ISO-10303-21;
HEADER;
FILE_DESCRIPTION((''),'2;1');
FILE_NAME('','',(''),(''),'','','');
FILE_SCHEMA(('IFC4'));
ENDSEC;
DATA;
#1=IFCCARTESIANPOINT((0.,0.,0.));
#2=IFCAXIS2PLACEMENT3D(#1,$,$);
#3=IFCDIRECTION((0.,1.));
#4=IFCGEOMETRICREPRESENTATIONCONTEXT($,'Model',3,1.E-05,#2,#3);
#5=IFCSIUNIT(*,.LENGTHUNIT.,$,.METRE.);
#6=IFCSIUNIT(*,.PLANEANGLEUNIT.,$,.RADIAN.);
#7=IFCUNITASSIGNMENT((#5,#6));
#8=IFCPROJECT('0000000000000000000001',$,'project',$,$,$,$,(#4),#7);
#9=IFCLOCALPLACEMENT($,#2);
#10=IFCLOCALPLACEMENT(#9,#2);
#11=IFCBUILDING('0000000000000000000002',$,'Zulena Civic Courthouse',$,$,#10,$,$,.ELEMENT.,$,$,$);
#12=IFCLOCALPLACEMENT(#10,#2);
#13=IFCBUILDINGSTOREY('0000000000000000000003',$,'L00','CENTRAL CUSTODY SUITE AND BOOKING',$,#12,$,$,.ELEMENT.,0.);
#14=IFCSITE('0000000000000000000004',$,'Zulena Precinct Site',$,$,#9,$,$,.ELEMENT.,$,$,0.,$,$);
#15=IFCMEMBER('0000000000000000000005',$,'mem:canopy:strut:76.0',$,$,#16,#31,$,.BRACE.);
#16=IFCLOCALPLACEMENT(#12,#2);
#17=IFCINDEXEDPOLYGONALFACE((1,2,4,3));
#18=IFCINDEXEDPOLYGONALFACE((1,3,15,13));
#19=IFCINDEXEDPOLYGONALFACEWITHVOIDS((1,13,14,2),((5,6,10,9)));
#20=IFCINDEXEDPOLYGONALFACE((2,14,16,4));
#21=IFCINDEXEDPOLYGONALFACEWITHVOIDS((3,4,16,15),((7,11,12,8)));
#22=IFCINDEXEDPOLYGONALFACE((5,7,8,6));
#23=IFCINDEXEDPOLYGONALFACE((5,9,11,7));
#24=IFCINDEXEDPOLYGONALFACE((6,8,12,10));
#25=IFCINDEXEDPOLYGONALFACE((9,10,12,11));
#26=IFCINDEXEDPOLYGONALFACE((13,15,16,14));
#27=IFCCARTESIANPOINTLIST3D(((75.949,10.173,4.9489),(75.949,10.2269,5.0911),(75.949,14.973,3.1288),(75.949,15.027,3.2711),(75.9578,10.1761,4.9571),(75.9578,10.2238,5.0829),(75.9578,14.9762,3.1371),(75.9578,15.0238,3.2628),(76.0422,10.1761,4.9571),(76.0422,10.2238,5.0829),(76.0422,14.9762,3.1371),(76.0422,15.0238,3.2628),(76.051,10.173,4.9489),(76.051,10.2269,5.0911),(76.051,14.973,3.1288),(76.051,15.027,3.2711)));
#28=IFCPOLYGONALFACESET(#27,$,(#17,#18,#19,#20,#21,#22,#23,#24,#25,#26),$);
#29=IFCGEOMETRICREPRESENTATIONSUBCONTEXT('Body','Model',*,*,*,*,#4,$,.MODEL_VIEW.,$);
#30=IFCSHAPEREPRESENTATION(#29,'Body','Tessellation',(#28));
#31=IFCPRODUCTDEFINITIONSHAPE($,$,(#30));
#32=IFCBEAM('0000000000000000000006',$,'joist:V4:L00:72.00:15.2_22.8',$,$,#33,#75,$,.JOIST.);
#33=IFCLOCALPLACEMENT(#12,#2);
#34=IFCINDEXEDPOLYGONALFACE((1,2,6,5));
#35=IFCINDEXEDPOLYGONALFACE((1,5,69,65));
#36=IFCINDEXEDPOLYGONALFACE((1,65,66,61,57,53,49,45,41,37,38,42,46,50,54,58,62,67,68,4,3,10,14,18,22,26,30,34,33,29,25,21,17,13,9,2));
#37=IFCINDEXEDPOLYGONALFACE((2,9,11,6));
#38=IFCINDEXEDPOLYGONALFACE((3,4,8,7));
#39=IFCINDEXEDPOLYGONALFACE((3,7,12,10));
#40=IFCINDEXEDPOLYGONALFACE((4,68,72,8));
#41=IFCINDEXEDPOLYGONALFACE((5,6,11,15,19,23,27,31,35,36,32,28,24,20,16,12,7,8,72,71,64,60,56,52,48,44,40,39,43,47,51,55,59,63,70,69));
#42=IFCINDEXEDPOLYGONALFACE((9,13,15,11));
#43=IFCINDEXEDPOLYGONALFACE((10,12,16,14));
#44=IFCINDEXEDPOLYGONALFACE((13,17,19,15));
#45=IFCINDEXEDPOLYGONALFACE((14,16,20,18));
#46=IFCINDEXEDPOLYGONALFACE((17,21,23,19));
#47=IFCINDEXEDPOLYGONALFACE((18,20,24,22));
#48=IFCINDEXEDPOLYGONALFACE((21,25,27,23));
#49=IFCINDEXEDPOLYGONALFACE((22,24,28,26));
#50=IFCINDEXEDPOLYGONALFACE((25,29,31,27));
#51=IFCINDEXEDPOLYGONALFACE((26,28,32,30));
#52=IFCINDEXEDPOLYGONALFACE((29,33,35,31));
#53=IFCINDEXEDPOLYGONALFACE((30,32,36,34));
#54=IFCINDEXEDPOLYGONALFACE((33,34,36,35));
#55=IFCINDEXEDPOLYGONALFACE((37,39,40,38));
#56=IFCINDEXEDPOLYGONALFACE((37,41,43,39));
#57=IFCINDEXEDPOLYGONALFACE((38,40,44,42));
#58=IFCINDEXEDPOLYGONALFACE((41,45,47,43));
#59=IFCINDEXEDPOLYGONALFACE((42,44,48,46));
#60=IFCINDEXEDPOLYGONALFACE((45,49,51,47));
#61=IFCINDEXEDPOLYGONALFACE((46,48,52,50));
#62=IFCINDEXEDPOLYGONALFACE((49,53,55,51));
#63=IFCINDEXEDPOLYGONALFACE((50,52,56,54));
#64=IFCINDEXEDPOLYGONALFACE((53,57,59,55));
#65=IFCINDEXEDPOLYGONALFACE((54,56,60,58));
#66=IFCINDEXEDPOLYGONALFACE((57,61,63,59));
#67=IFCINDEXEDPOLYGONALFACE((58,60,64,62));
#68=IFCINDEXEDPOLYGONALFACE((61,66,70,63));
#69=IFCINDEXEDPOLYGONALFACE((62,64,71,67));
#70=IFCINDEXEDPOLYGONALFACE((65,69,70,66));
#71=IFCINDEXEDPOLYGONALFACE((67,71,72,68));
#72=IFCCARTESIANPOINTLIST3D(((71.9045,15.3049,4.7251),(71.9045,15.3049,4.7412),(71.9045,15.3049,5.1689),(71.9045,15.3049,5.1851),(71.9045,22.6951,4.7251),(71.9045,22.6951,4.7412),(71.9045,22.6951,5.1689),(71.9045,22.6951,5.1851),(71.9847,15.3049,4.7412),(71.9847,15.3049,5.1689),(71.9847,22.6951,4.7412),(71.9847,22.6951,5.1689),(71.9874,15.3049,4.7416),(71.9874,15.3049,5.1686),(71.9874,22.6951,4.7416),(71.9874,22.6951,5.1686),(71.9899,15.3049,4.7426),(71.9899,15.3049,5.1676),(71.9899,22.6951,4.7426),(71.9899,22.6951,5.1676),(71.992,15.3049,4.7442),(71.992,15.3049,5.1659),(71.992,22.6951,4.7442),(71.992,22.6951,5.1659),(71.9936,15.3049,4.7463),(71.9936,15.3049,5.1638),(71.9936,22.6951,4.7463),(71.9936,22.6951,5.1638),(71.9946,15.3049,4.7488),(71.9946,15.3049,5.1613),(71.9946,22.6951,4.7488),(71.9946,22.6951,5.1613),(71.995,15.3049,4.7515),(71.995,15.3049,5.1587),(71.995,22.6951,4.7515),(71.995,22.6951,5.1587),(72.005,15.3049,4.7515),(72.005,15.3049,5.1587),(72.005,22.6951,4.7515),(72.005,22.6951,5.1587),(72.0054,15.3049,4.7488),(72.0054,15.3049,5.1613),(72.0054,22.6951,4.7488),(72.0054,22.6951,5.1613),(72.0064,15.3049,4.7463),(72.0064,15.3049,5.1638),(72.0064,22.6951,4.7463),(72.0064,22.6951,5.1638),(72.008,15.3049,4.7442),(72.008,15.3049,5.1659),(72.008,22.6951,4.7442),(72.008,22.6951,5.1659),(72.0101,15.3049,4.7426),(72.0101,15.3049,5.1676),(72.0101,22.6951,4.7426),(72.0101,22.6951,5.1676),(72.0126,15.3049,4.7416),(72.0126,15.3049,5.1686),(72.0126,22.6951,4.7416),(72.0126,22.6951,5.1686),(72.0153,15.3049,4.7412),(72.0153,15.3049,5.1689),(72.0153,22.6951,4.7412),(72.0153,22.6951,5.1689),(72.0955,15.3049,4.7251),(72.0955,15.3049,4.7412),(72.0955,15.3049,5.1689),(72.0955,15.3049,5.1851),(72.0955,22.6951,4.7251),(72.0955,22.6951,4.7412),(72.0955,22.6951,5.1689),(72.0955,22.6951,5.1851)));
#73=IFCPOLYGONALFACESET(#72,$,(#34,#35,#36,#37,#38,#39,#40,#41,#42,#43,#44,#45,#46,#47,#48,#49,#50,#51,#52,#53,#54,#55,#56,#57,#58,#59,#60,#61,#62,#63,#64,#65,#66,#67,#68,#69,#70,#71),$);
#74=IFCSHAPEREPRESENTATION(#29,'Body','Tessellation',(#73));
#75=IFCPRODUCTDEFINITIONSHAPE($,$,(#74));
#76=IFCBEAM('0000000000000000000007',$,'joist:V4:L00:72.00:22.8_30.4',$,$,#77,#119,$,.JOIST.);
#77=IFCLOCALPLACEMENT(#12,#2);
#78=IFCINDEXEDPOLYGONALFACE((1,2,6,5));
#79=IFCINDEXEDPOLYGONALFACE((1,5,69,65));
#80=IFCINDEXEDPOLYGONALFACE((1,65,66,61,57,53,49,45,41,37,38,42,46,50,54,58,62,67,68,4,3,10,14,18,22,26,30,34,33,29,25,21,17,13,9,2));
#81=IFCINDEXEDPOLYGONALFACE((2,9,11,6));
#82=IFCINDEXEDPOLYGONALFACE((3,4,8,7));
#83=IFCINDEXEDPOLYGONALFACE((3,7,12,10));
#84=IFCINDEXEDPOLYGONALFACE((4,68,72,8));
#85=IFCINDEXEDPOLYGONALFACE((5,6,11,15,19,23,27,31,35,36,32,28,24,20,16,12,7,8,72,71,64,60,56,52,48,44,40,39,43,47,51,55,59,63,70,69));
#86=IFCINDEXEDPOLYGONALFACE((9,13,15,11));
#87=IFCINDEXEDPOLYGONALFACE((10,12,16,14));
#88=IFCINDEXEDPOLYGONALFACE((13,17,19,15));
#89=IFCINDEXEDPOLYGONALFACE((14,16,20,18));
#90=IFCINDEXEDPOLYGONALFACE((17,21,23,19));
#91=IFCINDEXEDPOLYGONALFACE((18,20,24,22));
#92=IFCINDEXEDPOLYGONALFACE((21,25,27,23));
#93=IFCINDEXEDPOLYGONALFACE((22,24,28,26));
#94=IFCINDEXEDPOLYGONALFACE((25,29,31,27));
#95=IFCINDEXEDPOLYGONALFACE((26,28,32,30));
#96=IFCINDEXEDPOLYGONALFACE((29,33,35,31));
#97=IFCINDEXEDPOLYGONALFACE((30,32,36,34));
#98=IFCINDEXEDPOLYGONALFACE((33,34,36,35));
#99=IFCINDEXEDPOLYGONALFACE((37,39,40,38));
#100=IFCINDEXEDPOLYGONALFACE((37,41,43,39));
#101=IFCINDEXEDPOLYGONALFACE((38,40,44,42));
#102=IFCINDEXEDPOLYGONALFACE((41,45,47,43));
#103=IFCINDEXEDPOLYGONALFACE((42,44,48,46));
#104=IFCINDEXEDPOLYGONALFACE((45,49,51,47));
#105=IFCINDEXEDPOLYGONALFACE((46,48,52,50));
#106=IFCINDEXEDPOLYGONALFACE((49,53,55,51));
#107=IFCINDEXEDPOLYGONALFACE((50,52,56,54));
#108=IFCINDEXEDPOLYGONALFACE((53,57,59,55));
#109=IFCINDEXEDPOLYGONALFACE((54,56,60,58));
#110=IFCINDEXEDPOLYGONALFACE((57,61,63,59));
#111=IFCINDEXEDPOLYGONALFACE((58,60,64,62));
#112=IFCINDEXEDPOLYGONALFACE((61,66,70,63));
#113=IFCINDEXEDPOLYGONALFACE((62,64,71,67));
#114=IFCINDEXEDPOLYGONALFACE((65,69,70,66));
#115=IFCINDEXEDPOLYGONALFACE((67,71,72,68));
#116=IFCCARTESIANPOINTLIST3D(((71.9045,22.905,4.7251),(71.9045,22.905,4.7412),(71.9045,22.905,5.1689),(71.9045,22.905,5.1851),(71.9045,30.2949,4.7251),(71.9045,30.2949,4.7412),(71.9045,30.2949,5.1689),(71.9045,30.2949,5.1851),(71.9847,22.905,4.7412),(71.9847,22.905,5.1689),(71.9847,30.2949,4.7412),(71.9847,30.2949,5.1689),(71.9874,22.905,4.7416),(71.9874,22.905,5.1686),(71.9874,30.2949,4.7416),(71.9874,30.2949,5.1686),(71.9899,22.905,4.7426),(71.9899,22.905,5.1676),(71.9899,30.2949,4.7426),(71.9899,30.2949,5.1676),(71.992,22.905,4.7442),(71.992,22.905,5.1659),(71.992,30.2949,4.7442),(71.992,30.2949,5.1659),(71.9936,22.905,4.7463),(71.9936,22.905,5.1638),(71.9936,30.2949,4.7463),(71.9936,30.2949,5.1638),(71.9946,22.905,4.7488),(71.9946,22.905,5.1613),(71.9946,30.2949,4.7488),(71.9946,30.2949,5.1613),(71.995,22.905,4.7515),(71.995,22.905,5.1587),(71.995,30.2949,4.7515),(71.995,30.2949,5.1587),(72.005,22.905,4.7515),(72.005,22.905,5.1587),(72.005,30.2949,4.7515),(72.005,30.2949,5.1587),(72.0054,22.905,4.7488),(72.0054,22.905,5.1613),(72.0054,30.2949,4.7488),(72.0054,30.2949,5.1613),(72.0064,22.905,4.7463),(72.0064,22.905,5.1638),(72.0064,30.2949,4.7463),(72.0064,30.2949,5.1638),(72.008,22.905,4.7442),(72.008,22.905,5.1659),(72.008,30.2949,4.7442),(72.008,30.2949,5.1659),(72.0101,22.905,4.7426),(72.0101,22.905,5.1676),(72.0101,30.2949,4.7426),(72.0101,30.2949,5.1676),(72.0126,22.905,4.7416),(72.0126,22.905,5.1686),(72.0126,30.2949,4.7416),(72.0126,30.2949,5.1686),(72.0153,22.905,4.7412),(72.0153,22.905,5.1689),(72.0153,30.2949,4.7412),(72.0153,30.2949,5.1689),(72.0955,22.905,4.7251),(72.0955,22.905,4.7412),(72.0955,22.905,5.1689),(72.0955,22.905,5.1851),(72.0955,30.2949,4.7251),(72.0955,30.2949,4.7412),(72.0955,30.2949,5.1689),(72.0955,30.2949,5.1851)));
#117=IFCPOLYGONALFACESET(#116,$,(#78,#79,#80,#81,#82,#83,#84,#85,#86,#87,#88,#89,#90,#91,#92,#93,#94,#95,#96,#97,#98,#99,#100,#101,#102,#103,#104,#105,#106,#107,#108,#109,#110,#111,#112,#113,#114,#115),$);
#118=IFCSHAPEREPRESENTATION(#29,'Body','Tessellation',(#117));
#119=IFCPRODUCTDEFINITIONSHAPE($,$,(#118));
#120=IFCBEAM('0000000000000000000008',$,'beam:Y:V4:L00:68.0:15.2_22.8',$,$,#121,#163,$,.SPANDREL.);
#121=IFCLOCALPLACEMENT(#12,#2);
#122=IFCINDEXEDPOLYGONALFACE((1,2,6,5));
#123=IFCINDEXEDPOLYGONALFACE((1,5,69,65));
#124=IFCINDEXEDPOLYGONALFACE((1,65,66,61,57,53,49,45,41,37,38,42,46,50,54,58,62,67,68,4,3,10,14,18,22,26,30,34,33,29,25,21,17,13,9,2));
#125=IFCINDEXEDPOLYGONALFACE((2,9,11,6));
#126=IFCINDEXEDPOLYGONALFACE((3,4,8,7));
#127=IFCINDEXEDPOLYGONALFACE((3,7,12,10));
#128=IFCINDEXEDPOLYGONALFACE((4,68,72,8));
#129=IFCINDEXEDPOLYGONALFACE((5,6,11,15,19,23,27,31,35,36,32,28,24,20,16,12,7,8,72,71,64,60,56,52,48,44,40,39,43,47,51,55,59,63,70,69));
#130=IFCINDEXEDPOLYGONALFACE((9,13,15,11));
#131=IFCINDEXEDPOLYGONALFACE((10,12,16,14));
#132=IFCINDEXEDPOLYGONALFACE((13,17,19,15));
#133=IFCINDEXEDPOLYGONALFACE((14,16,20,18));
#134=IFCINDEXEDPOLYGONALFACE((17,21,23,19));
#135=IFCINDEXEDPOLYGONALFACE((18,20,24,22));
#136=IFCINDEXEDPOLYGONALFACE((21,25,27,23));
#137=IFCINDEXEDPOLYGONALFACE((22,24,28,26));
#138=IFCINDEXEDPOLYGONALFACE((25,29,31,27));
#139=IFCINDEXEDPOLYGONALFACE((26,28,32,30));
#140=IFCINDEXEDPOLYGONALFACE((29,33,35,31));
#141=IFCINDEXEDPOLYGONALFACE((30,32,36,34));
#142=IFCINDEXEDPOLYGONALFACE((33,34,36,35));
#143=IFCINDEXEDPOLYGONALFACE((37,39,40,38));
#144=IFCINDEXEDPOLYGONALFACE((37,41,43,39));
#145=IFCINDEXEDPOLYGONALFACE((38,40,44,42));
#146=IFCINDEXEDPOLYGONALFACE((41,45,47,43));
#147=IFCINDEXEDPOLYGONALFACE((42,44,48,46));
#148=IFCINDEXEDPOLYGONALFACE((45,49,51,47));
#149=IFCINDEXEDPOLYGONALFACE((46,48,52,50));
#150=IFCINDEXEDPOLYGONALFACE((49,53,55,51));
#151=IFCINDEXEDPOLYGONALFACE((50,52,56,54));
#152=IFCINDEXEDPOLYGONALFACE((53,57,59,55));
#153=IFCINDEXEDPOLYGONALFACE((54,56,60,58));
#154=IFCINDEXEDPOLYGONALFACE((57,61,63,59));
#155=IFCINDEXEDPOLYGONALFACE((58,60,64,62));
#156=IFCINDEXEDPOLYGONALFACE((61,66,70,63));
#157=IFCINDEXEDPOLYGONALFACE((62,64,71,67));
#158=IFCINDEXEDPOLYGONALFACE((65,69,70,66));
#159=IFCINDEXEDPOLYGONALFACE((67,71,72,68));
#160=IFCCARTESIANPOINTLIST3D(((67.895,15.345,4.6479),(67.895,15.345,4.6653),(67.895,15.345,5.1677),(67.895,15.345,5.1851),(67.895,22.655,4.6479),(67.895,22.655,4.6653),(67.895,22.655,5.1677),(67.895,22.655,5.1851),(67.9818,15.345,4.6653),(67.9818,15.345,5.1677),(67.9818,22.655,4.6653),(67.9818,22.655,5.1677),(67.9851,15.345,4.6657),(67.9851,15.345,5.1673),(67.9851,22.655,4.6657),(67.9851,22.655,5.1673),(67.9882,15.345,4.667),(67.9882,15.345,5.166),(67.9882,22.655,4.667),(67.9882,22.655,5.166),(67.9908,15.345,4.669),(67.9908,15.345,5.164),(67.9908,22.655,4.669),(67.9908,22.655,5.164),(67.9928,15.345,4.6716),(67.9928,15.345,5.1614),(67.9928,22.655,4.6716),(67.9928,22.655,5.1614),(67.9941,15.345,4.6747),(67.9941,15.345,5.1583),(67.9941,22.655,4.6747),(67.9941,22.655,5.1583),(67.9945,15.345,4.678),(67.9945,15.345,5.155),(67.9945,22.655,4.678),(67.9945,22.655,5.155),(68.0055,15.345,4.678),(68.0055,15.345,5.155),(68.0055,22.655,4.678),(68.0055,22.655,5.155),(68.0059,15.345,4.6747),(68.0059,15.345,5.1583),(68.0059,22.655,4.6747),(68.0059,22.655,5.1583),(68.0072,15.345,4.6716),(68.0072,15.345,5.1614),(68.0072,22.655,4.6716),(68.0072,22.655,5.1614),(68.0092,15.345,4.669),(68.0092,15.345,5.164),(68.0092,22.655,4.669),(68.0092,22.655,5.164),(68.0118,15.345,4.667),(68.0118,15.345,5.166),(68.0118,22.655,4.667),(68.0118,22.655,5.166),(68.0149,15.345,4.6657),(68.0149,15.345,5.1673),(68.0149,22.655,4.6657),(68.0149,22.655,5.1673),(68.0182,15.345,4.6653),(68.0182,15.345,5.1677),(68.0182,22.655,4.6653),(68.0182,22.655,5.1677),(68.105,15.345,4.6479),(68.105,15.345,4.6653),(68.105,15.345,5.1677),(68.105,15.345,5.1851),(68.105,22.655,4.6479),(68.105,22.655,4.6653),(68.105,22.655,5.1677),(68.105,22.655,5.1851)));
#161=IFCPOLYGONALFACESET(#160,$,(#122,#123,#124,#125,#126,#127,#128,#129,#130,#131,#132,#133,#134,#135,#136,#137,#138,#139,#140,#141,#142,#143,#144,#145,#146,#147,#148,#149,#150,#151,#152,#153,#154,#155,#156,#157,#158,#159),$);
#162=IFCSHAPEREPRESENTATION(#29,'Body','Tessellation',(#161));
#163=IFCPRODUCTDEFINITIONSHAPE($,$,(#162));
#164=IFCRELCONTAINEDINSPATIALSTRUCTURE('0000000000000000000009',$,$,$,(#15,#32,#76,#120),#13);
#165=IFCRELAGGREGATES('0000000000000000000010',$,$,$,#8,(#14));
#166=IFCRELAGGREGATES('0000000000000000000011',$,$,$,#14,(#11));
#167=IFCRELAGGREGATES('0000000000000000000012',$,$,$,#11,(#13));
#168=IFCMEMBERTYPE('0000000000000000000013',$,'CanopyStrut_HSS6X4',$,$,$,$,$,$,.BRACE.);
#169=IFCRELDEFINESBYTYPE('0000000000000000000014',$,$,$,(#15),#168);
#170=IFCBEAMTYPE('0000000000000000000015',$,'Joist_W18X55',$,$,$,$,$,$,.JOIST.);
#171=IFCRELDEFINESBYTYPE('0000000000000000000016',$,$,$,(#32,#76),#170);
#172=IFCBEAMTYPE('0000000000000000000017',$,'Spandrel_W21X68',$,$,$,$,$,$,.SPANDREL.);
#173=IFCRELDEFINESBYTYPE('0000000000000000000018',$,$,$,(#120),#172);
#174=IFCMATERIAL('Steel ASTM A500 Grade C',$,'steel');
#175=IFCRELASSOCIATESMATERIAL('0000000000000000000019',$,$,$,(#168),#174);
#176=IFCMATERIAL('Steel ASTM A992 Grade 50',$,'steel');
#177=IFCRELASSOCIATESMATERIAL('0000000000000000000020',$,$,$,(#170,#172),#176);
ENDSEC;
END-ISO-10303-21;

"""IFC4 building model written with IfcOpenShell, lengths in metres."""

from ifc_helpers import new_model, si_unit, direction, frame, origin, origin_2d, place, context, subcontext, project, spatial, hollow_rectangle, i_section, extrude, material, material_profile, profile_set, type_object, element, save


model = new_model("IFC4")

# Units and contexts
model_context = context("Model", 3, precision=1e-05, world=origin(), true_north=direction((0.0, 1.0)))
body_context = subcontext(model_context, "Body", "Model", "MODEL_VIEW")
ifc_project = project(units=[si_unit("LENGTHUNIT", "METRE"), si_unit("PLANEANGLEUNIT", "RADIAN")], contexts=[model_context])

# Site, building, storey
site_placement = place(None, origin())
site = spatial("IfcSite", under=ifc_project, at=site_placement, Name="Zulena Precinct Site", CompositionType="ELEMENT", RefElevation=0.0)
building_placement = place(site_placement, origin())
building = spatial("IfcBuilding", under=site, at=building_placement, Name="Zulena Civic Courthouse", CompositionType="ELEMENT")
storey_placement = place(building_placement, origin())
storey = spatial("IfcBuildingStorey", under=building, at=storey_placement, Name="L00", Description="CENTRAL CUSTODY SUITE AND BOOKING", CompositionType="ELEMENT", Elevation=0.0)

# Shared definitions
ifc_material_1 = material(Name="Steel ASTM A992 Grade 50", Category="steel")

# Member
ifc_material_2 = material(Name="Steel ASTM A500 Grade C", Category="steel")
ifc_material_profile_1 = material_profile(ifc_material_2, hollow_rectangle(XDim=0.1021, YDim=0.1521, WallThickness=0.0088, at=origin_2d()), Name="HSS6X4X3/8")
ifc_profile_set_1 = profile_set([ifc_material_profile_1], Name="Steel ASTM A500 Grade C")
member_type = type_object("IfcMemberType", Name="CanopyStrut_HSS6X4", PredefinedType="BRACE", material=ifc_profile_set_1)
member_placement = place(storey_placement, frame((76.0, 15.0, 3.2), z_axis=(0.0, -0.935039, 0.354545), x_axis=(1.0, 0.0, 0.0)))
element("IfcMember", 1, at=member_placement, inside=storey, type_object=member_type, Name="mem:canopy:strut:76.0", PredefinedType="BRACE", context=body_context, shape_type="SweptSolid", body=[
    extrude(hollow_rectangle(XDim=0.1021, YDim=0.1521, WallThickness=0.0088, at=origin_2d()), origin(), (0.0, 0.0, 1.0), 5.1335),
])

# Beams
ifc_material_profile_2 = material_profile(ifc_material_1, i_section(OverallWidth=0.1909, OverallDepth=0.46, WebThickness=0.01, FlangeThickness=0.0161, FilletRadius=0.0103, at=origin_2d()), Name="W18X55")
ifc_profile_set_2 = profile_set([ifc_material_profile_2], Name="Steel ASTM A992 Grade 50")
beam_type_1 = type_object("IfcBeamType", Name="Joist_W18X55", PredefinedType="JOIST", material=ifc_profile_set_2)
beam_1_placement = place(storey_placement, frame((72.0, 15.3049, 4.9551), z_axis=(0.0, 1.0, 0.0), x_axis=(-1.0, 0.0, 0.0)))
element("IfcBeam", 2, at=beam_1_placement, inside=storey, type_object=beam_type_1, Name="joist:V4:L00:72.00:15.2_22.8", PredefinedType="JOIST", context=body_context, shape_type="SweptSolid", body=[
    extrude(i_section(OverallWidth=0.1909, OverallDepth=0.46, WebThickness=0.01, FlangeThickness=0.0161, FilletRadius=0.0103, at=origin_2d()), origin(), (0.0, 0.0, 1.0), 7.3901),
])
beam_2_placement = place(storey_placement, frame((72.0, 22.905, 4.9551), z_axis=(0.0, 1.0, 0.0), x_axis=(-1.0, 0.0, 0.0)))
element("IfcBeam", 3, at=beam_2_placement, inside=storey, type_object=beam_type_1, Name="joist:V4:L00:72.00:22.8_30.4", PredefinedType="JOIST", context=body_context, shape_type="SweptSolid", body=[
    extrude(i_section(OverallWidth=0.1909, OverallDepth=0.46, WebThickness=0.01, FlangeThickness=0.0161, FilletRadius=0.0103, at=origin_2d()), origin(), (0.0, 0.0, 1.0), 7.3899),
])
ifc_material_profile_3 = material_profile(ifc_material_1, i_section(OverallWidth=0.21, OverallDepth=0.5371, WebThickness=0.011, FlangeThickness=0.0173, FilletRadius=0.0127, at=origin_2d()), Name="W21X68")
ifc_profile_set_3 = profile_set([ifc_material_profile_3], Name="Steel ASTM A992 Grade 50")
beam_type_2 = type_object("IfcBeamType", Name="Spandrel_W21X68", PredefinedType="SPANDREL", material=ifc_profile_set_3)
for number, where, z_axis, x_axis, name in (
    (4, (68.0, 15.345, 4.9165), (0.0, 1.0, 0.0), (-1.0, 0.0, 0.0), "beam:Y:V4:L00:68.0:15.2_22.8"),
):
    element("IfcBeam", number, at=place(storey_placement, frame(where, z_axis=z_axis, x_axis=x_axis)), inside=storey, type_object=beam_type_2, Name=name, PredefinedType="SPANDREL", context=body_context, shape_type="SweptSolid", body=[
        extrude(i_section(OverallWidth=0.21, OverallDepth=0.5371, WebThickness=0.011, FlangeThickness=0.0173, FilletRadius=0.0127, at=origin_2d()), origin(), (0.0, 0.0, 1.0), 7.3101),
    ])

save(model, "model.ifc")
